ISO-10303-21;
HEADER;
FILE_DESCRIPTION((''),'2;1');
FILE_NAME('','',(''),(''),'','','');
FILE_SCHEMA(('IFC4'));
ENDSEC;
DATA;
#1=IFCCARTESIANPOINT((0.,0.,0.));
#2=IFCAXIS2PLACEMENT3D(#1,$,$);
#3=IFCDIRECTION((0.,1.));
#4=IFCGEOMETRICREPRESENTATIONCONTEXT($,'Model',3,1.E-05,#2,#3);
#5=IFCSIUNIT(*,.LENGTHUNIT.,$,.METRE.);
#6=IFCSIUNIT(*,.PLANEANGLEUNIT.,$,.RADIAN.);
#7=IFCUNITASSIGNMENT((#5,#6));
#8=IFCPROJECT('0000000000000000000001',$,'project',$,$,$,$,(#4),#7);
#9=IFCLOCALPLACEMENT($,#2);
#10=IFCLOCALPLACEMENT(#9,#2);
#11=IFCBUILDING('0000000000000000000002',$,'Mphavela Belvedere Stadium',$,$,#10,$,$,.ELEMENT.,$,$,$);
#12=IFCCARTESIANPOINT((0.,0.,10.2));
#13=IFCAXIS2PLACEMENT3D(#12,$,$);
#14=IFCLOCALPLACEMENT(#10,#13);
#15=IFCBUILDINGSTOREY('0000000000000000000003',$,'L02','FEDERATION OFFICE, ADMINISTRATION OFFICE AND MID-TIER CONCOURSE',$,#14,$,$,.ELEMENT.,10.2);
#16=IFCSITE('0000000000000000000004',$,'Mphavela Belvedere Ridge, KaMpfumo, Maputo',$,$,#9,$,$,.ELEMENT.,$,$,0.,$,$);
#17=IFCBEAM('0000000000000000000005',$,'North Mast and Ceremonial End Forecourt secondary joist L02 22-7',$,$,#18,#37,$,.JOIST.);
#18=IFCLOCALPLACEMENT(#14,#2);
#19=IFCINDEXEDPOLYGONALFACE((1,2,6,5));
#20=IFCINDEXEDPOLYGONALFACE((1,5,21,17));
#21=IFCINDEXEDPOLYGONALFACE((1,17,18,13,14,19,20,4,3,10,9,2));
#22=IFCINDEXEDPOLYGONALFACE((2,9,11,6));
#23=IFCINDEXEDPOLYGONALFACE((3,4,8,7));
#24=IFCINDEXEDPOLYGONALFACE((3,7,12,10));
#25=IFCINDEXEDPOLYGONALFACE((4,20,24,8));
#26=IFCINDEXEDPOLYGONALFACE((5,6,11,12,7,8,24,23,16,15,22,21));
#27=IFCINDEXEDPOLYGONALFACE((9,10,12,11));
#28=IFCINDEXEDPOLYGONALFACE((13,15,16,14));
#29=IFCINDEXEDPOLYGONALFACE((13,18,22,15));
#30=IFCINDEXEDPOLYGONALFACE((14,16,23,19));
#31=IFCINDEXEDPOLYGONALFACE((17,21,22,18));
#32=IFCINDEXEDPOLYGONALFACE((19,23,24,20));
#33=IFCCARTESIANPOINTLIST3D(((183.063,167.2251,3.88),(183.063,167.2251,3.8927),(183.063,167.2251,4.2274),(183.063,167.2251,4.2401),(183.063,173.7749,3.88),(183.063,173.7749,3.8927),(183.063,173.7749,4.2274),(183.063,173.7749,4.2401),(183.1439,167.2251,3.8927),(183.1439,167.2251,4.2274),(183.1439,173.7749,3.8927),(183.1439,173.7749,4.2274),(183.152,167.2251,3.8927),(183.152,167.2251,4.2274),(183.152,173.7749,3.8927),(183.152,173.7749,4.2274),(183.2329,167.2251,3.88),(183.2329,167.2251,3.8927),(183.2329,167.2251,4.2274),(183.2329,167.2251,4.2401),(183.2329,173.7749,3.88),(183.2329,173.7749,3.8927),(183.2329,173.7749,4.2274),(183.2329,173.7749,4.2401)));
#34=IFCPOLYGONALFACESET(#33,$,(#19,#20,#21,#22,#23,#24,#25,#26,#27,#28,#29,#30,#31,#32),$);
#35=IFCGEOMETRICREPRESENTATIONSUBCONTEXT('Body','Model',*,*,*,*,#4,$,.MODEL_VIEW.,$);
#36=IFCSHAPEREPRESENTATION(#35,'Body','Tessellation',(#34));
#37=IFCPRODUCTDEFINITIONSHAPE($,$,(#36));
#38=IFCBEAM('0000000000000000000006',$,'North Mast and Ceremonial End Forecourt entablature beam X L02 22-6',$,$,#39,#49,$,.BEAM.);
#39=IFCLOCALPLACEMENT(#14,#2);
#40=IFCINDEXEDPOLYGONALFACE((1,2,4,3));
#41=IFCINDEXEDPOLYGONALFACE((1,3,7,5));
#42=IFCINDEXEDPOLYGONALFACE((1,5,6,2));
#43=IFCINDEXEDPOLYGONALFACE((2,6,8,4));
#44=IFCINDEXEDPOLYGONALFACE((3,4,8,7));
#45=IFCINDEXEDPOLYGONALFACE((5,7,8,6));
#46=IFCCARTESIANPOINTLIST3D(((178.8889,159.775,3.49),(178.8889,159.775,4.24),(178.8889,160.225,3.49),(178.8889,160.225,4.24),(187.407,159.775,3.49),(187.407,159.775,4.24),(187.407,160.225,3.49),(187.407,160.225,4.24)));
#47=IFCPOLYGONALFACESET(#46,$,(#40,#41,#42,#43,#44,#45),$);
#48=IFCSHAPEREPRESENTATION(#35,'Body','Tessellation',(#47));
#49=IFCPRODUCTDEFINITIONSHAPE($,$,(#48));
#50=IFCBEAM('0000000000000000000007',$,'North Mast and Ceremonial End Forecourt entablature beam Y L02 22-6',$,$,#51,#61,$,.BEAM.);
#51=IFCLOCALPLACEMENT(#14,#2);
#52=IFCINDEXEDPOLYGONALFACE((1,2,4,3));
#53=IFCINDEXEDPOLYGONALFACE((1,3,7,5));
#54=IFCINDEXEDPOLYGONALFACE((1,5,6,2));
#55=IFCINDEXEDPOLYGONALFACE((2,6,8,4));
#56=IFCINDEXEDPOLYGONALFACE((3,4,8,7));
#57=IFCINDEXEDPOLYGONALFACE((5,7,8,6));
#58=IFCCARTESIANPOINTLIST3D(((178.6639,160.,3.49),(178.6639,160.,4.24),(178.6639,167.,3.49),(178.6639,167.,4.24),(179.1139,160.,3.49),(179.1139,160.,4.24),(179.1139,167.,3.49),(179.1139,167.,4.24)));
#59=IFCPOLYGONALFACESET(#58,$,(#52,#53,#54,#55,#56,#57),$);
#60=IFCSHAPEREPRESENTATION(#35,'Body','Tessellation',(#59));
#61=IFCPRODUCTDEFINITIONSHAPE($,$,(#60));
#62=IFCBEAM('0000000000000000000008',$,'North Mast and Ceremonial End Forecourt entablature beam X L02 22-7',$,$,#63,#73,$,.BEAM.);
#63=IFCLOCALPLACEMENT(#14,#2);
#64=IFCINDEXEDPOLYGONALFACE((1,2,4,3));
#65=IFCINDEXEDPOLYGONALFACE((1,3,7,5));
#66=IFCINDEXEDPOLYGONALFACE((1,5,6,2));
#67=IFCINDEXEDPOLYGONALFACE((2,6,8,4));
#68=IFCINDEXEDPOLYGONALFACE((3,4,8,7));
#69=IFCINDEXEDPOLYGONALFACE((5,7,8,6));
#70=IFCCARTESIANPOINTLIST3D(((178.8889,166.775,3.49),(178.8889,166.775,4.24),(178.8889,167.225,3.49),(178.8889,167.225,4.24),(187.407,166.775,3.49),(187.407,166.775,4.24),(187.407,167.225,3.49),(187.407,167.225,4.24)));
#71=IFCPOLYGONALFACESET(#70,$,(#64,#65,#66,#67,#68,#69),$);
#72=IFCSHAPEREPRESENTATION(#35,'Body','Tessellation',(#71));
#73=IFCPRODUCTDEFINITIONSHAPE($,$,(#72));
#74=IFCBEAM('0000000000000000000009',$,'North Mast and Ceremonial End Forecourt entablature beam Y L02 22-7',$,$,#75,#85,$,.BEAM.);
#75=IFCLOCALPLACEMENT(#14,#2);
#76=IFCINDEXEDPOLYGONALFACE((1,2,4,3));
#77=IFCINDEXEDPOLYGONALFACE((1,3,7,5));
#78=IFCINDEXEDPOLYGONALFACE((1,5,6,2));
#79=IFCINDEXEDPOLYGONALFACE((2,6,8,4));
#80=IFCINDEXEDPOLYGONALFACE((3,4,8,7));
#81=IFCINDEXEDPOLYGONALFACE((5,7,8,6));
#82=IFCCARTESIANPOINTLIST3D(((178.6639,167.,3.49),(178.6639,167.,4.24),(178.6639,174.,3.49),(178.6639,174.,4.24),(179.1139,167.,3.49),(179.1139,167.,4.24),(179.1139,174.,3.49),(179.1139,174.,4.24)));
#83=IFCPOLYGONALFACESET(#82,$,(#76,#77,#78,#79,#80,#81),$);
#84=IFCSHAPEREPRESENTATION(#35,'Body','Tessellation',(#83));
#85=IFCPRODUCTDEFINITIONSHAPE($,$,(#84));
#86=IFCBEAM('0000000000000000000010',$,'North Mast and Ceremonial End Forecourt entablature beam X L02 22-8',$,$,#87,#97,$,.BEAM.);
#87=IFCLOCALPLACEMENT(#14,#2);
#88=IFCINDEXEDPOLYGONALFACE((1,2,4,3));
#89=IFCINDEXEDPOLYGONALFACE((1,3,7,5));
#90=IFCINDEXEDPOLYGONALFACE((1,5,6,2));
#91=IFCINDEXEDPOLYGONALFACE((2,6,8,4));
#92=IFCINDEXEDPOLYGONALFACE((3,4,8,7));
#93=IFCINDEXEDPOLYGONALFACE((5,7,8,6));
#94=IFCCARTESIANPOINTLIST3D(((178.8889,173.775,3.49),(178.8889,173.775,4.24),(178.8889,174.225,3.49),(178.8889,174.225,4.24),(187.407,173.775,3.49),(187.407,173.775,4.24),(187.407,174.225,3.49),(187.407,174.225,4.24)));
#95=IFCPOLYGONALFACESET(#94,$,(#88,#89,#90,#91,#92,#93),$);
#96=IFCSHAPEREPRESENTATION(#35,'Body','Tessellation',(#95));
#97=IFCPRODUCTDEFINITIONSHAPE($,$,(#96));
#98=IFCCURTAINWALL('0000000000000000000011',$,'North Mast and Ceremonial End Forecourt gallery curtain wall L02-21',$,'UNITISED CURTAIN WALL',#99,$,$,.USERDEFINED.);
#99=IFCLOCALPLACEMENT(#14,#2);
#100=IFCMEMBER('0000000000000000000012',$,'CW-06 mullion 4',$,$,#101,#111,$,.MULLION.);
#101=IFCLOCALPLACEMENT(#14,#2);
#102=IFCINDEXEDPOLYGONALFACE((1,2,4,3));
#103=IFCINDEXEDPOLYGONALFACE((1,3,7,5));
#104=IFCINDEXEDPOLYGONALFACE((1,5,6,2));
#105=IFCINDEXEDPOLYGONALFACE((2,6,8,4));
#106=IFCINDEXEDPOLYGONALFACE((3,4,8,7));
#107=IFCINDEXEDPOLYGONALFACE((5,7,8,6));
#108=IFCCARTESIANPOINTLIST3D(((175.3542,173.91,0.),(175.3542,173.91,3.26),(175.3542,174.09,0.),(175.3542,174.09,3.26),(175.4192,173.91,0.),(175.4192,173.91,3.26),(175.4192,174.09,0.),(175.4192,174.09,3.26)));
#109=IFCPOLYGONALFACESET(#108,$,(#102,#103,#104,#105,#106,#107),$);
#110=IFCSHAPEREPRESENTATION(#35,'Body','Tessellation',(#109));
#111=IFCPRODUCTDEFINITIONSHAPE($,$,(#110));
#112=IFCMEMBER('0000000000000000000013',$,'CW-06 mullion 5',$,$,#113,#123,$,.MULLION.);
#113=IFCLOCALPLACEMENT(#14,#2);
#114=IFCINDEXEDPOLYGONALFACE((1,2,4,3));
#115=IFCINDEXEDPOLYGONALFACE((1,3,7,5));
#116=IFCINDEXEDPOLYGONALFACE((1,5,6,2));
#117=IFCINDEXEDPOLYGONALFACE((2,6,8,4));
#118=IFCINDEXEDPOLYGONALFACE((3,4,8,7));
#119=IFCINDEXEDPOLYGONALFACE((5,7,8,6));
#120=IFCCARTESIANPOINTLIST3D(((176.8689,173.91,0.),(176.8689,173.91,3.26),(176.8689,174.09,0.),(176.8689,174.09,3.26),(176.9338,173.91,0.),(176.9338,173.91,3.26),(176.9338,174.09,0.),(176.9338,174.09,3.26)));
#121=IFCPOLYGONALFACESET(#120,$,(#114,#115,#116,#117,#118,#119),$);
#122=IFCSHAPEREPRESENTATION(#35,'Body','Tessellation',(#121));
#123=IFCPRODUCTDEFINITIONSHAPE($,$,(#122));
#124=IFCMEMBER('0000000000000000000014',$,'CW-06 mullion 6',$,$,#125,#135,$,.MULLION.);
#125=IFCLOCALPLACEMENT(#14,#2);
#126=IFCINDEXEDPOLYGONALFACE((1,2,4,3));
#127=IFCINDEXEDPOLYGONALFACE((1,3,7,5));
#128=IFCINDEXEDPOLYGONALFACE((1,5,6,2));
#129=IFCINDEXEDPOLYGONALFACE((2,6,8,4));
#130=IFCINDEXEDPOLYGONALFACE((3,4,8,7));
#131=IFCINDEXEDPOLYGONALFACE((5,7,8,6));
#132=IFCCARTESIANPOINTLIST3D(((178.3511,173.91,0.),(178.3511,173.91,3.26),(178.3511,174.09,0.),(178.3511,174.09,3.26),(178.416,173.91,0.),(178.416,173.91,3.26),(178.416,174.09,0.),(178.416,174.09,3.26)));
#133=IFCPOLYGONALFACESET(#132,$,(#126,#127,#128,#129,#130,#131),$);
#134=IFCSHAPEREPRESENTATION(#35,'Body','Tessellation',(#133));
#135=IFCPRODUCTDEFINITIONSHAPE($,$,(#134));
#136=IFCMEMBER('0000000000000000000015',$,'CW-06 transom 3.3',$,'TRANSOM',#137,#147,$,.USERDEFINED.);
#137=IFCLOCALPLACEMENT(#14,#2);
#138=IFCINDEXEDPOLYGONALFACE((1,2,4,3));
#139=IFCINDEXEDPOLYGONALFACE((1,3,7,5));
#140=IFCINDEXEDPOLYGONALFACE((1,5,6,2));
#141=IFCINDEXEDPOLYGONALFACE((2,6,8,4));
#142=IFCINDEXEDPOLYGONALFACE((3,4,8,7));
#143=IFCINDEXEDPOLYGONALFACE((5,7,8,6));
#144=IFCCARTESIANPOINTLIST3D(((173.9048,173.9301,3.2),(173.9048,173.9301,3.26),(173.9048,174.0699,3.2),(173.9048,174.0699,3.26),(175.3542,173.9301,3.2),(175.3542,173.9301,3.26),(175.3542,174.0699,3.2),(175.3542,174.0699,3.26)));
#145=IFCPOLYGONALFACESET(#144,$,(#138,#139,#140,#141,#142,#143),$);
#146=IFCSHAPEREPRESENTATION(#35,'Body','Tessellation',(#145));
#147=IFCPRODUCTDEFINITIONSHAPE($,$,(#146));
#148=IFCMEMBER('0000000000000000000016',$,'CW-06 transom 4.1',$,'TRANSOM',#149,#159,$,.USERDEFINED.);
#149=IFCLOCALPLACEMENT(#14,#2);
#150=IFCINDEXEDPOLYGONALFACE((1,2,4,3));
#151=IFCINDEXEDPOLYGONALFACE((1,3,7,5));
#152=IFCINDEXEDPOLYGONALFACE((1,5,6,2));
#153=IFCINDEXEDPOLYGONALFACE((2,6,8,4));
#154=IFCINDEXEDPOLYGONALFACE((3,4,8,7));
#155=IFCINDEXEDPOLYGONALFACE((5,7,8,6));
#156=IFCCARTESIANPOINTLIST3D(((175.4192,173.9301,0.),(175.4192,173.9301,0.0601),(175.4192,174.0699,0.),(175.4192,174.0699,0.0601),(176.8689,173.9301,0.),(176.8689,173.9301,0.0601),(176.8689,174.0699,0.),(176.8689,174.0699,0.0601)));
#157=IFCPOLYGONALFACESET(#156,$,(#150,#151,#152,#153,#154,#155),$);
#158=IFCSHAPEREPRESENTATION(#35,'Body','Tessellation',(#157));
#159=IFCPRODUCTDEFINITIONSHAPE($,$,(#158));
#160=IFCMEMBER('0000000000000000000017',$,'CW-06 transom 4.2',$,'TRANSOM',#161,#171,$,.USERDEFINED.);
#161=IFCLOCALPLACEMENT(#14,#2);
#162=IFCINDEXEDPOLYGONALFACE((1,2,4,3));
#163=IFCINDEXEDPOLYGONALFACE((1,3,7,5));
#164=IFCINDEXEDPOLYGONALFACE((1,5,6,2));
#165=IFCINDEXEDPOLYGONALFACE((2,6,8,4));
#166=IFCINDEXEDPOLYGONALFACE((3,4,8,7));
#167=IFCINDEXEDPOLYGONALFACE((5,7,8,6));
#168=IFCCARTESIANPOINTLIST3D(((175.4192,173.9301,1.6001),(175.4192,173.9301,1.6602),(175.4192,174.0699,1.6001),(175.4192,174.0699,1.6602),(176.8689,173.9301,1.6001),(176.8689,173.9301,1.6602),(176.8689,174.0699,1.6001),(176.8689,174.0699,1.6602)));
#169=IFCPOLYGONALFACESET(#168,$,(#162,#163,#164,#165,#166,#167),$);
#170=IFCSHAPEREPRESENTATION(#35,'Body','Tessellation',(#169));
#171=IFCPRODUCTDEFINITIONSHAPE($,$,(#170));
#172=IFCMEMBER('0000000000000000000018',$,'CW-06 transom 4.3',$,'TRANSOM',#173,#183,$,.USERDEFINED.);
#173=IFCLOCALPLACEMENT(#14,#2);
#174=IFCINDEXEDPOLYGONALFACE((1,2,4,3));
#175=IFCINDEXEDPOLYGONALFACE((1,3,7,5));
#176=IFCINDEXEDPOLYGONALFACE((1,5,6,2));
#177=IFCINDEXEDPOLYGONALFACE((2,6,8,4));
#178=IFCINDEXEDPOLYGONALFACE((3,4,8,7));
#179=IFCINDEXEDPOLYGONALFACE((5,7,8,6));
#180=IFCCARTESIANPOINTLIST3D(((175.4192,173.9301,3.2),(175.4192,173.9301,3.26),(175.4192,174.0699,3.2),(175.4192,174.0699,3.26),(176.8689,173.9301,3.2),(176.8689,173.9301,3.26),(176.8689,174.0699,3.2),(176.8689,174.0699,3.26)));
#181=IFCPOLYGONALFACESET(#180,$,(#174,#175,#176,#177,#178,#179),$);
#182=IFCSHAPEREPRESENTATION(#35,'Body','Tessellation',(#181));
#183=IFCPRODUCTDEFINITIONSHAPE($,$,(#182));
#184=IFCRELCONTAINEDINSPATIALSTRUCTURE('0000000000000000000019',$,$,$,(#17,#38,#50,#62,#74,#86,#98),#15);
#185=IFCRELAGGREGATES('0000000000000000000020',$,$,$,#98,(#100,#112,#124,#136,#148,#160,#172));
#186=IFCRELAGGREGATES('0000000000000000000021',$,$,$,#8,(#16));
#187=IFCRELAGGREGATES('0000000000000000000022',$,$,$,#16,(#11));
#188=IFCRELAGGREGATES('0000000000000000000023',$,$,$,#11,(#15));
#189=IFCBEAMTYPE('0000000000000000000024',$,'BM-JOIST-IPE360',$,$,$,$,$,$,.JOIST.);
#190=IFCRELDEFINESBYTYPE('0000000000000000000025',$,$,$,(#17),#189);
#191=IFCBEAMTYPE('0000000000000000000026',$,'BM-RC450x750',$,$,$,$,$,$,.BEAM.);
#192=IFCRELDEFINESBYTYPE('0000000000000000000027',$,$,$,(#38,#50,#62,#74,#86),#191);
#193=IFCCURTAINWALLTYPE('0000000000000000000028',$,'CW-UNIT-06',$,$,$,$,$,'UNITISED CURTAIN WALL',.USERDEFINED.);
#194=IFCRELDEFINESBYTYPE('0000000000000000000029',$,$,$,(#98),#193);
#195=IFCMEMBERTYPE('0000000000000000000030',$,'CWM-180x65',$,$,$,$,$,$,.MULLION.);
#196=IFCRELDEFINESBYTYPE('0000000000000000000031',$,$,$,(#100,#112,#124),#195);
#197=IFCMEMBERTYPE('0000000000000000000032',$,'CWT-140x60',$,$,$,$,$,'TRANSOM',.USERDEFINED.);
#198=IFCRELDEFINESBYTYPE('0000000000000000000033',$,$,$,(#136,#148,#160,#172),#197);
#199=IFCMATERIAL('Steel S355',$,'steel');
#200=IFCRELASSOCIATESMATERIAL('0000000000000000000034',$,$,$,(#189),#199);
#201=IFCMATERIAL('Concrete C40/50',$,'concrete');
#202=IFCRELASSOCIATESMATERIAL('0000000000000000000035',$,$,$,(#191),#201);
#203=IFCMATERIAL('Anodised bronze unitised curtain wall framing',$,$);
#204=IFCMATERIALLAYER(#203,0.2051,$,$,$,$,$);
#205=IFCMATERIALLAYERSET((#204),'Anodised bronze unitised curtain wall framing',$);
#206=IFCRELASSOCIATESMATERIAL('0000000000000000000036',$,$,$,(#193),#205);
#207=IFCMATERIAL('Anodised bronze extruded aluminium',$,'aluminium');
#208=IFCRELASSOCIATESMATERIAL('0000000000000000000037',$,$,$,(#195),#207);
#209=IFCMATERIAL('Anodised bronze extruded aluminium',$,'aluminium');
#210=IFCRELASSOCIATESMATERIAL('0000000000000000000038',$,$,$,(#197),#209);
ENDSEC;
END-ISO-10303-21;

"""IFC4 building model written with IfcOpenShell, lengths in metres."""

from ifc_helpers import new_model, si_unit, direction, frame, origin, origin_2d, place, context, subcontext, project, spatial, rectangle, i_section, extrude, material, layer, layer_set, material_profile, profile_set, type_object, element, aggregate, save


model = new_model("IFC4")

# Units and contexts
model_context = context("Model", 3, precision=1e-05, world=origin(), true_north=direction((0.0, 1.0)))
body_context = subcontext(model_context, "Body", "Model", "MODEL_VIEW")
ifc_project = project(units=[si_unit("LENGTHUNIT", "METRE"), si_unit("PLANEANGLEUNIT", "RADIAN")], contexts=[model_context])

# Site, building, storey
site_placement = place(None, origin())
site = spatial("IfcSite", under=ifc_project, at=site_placement, Name="Mphavela Belvedere Ridge, KaMpfumo, Maputo", CompositionType="ELEMENT", RefElevation=0.0)
building_placement = place(site_placement, origin())
building = spatial("IfcBuilding", under=site, at=building_placement, Name="Mphavela Belvedere Stadium", CompositionType="ELEMENT")
storey_placement = place(building_placement, frame((0.0, 0.0, 10.2)))
storey = spatial("IfcBuildingStorey", under=building, at=storey_placement, Name="L02", Description="FEDERATION OFFICE, ADMINISTRATION OFFICE AND MID-TIER CONCOURSE", CompositionType="ELEMENT", Elevation=10.2)

# Beams
ifc_material_1 = material(Name="Steel S355", Category="steel")
ifc_material_profile_1 = material_profile(ifc_material_1, i_section(OverallWidth=0.1699, OverallDepth=0.3601, WebThickness=0.0081, FlangeThickness=0.0127, at=origin_2d()), Name="IPE 360")
ifc_profile_set_1 = profile_set([ifc_material_profile_1], Name="Steel S355")
beam_type_1 = type_object("IfcBeamType", Name="BM-JOIST-IPE360", PredefinedType="JOIST", material=ifc_profile_set_1)
for number, where, z_axis, x_axis, name in (
    (1, (183.1479, 167.2251, 4.0601), (0.0, 1.0, 0.0), (-1.0, 0.0, 0.0), "North Mast and Ceremonial End Forecourt secondary joist L02 22-7"),
):
    element("IfcBeam", number, at=place(storey_placement, frame(where, z_axis=z_axis, x_axis=x_axis)), inside=storey, type_object=beam_type_1, Name=name, PredefinedType="JOIST", context=body_context, shape_type="SweptSolid", body=[
        extrude(i_section(OverallWidth=0.1699, OverallDepth=0.3601, WebThickness=0.0081, FlangeThickness=0.0127, at=origin_2d()), origin(), (0.0, 0.0, 1.0), 6.5498),
    ])
ifc_material_2 = material(Name="Concrete C40/50", Category="concrete")
ifc_material_profile_2 = material_profile(ifc_material_2, rectangle(XDim=0.45, YDim=0.75, at=origin_2d()), Name="RC 450x750")
ifc_profile_set_2 = profile_set([ifc_material_profile_2], Name="Concrete C40/50")
beam_type_2 = type_object("IfcBeamType", Name="BM-RC450x750", PredefinedType="BEAM", material=ifc_profile_set_2)
beam_1_placement = place(storey_placement, frame((178.8889, 160.0, 3.865), z_axis=(1.0, 0.0, 0.0), x_axis=(0.0, 1.0, 0.0)))
element("IfcBeam", 2, at=beam_1_placement, inside=storey, type_object=beam_type_2, Name="North Mast and Ceremonial End Forecourt entablature beam X L02 22-6", PredefinedType="BEAM", context=body_context, shape_type="SweptSolid", body=[
    extrude(rectangle(XDim=0.45, YDim=0.75, at=origin_2d()), origin(), (0.0, 0.0, 1.0), 8.5181),
])
beam_2_placement = place(storey_placement, frame((178.8889, 160.0, 3.865), z_axis=(0.0, 1.0, 0.0), x_axis=(-1.0, 0.0, 0.0)))
element("IfcBeam", 3, at=beam_2_placement, inside=storey, type_object=beam_type_2, Name="North Mast and Ceremonial End Forecourt entablature beam Y L02 22-6", PredefinedType="BEAM", context=body_context, shape_type="SweptSolid", body=[
    extrude(rectangle(XDim=0.45, YDim=0.75, at=origin_2d()), origin(), (0.0, 0.0, 1.0), 7.0),
])
beam_3_placement = place(storey_placement, frame((178.8889, 167.0, 3.865), z_axis=(1.0, 0.0, 0.0), x_axis=(0.0, 1.0, 0.0)))
element("IfcBeam", 4, at=beam_3_placement, inside=storey, type_object=beam_type_2, Name="North Mast and Ceremonial End Forecourt entablature beam X L02 22-7", PredefinedType="BEAM", context=body_context, shape_type="SweptSolid", body=[
    extrude(rectangle(XDim=0.45, YDim=0.75, at=origin_2d()), origin(), (0.0, 0.0, 1.0), 8.5181),
])
beam_4_placement = place(storey_placement, frame((178.8889, 167.0, 3.865), z_axis=(0.0, 1.0, 0.0), x_axis=(-1.0, 0.0, 0.0)))
element("IfcBeam", 5, at=beam_4_placement, inside=storey, type_object=beam_type_2, Name="North Mast and Ceremonial End Forecourt entablature beam Y L02 22-7", PredefinedType="BEAM", context=body_context, shape_type="SweptSolid", body=[
    extrude(rectangle(XDim=0.45, YDim=0.75, at=origin_2d()), origin(), (0.0, 0.0, 1.0), 7.0),
])
beam_5_placement = place(storey_placement, frame((178.8889, 174.0, 3.865), z_axis=(1.0, 0.0, 0.0), x_axis=(0.0, 1.0, 0.0)))
element("IfcBeam", 6, at=beam_5_placement, inside=storey, type_object=beam_type_2, Name="North Mast and Ceremonial End Forecourt entablature beam X L02 22-8", PredefinedType="BEAM", context=body_context, shape_type="SweptSolid", body=[
    extrude(rectangle(XDim=0.45, YDim=0.75, at=origin_2d()), origin(), (0.0, 0.0, 1.0), 8.5181),
])

# Curtain wall, members
ifc_material_3 = material(Name="Anodised bronze unitised curtain wall framing")
ifc_layer_1 = layer(ifc_material_3, 0.2051)
ifc_layer_set_1 = layer_set([ifc_layer_1], Name="Anodised bronze unitised curtain wall framing")
curtain_wall_type = type_object("IfcCurtainWallType", Name="CW-UNIT-06", ElementType="UNITISED CURTAIN WALL", PredefinedType="USERDEFINED", material=ifc_layer_set_1)
curtain_wall_placement = place(storey_placement, origin())
curtain_wall = element("IfcCurtainWall", 7, at=curtain_wall_placement, inside=storey, type_object=curtain_wall_type, Name="North Mast and Ceremonial End Forecourt gallery curtain wall L02-21", ObjectType="UNITISED CURTAIN WALL", PredefinedType="USERDEFINED")
ifc_material_4 = material(Name="Anodised bronze extruded aluminium", Category="aluminium")
ifc_material_profile_3 = material_profile(ifc_material_4, rectangle(XDim=0.1799, YDim=0.0649, at=origin_2d()), Name="CW-MUL 180x65")
ifc_profile_set_3 = profile_set([ifc_material_profile_3], Name="Anodised bronze extruded aluminium")
member_type_1 = type_object("IfcMemberType", Name="CWM-180x65", PredefinedType="MULLION", material=ifc_profile_set_3)
member_1_placement = place(storey_placement, frame((175.3867, 174.0, 0.0), z_axis=(0.0, 0.0, 1.0), x_axis=(0.0, 1.0, 0.0)))
member_1 = element("IfcMember", 8, at=member_1_placement, type_object=member_type_1, Name="CW-06 mullion 4", PredefinedType="MULLION", context=body_context, shape_type="SweptSolid", body=[
    extrude(rectangle(XDim=0.1799, YDim=0.0649, at=origin_2d()), origin(), (0.0, 0.0, 1.0), 3.26),
])
member_2_placement = place(storey_placement, frame((176.9014, 174.0, 0.0), z_axis=(0.0, 0.0, 1.0), x_axis=(0.0, 1.0, 0.0)))
member_2 = element("IfcMember", 9, at=member_2_placement, type_object=member_type_1, Name="CW-06 mullion 5", PredefinedType="MULLION", context=body_context, shape_type="SweptSolid", body=[
    extrude(rectangle(XDim=0.1799, YDim=0.0649, at=origin_2d()), origin(), (0.0, 0.0, 1.0), 3.26),
])
member_3_placement = place(storey_placement, frame((178.3835, 174.0, 0.0), z_axis=(0.0, 0.0, 1.0), x_axis=(0.0, 1.0, 0.0)))
member_3 = element("IfcMember", 10, at=member_3_placement, type_object=member_type_1, Name="CW-06 mullion 6", PredefinedType="MULLION", context=body_context, shape_type="SweptSolid", body=[
    extrude(rectangle(XDim=0.1799, YDim=0.0649, at=origin_2d()), origin(), (0.0, 0.0, 1.0), 3.26),
])
ifc_material_5 = material(Name="Anodised bronze extruded aluminium", Category="aluminium")
ifc_material_profile_4 = material_profile(ifc_material_5, rectangle(XDim=0.1399, YDim=0.0601, at=origin_2d()), Name="CW-TRN 140x60")
ifc_profile_set_4 = profile_set([ifc_material_profile_4], Name="Anodised bronze extruded aluminium")
member_type_2 = type_object("IfcMemberType", Name="CWT-140x60", ElementType="TRANSOM", PredefinedType="USERDEFINED", material=ifc_profile_set_4)
member_4_placement = place(storey_placement, frame((173.9048, 174.0, 3.23), z_axis=(1.0, 0.0, 0.0), x_axis=(0.0, 1.0, 0.0)))
member_4 = element("IfcMember", 11, at=member_4_placement, type_object=member_type_2, Name="CW-06 transom 3.3", ObjectType="TRANSOM", PredefinedType="USERDEFINED", context=body_context, shape_type="SweptSolid", body=[
    extrude(rectangle(XDim=0.1399, YDim=0.0601, at=origin_2d()), origin(), (0.0, 0.0, 1.0), 1.4495),
])
member_5_placement = place(storey_placement, frame((175.4192, 174.0, 0.03), z_axis=(1.0, 0.0, 0.0), x_axis=(0.0, 1.0, 0.0)))
member_5 = element("IfcMember", 12, at=member_5_placement, type_object=member_type_2, Name="CW-06 transom 4.1", ObjectType="TRANSOM", PredefinedType="USERDEFINED", context=body_context, shape_type="SweptSolid", body=[
    extrude(rectangle(XDim=0.1399, YDim=0.0601, at=origin_2d()), origin(), (0.0, 0.0, 1.0), 1.4497),
])
member_6_placement = place(storey_placement, frame((175.4192, 174.0, 1.6301), z_axis=(1.0, 0.0, 0.0), x_axis=(0.0, 1.0, 0.0)))
member_6 = element("IfcMember", 13, at=member_6_placement, type_object=member_type_2, Name="CW-06 transom 4.2", ObjectType="TRANSOM", PredefinedType="USERDEFINED", context=body_context, shape_type="SweptSolid", body=[
    extrude(rectangle(XDim=0.1399, YDim=0.0601, at=origin_2d()), origin(), (0.0, 0.0, 1.0), 1.4497),
])
member_7_placement = place(storey_placement, frame((175.4192, 174.0, 3.23), z_axis=(1.0, 0.0, 0.0), x_axis=(0.0, 1.0, 0.0)))
member_7 = element("IfcMember", 14, at=member_7_placement, type_object=member_type_2, Name="CW-06 transom 4.3", ObjectType="TRANSOM", PredefinedType="USERDEFINED", context=body_context, shape_type="SweptSolid", body=[
    extrude(rectangle(XDim=0.1399, YDim=0.0601, at=origin_2d()), origin(), (0.0, 0.0, 1.0), 1.4497),
])
aggregate(curtain_wall, [member_1, member_2, member_3, member_4, member_5, member_6, member_7])

save(model, "model.ifc")
